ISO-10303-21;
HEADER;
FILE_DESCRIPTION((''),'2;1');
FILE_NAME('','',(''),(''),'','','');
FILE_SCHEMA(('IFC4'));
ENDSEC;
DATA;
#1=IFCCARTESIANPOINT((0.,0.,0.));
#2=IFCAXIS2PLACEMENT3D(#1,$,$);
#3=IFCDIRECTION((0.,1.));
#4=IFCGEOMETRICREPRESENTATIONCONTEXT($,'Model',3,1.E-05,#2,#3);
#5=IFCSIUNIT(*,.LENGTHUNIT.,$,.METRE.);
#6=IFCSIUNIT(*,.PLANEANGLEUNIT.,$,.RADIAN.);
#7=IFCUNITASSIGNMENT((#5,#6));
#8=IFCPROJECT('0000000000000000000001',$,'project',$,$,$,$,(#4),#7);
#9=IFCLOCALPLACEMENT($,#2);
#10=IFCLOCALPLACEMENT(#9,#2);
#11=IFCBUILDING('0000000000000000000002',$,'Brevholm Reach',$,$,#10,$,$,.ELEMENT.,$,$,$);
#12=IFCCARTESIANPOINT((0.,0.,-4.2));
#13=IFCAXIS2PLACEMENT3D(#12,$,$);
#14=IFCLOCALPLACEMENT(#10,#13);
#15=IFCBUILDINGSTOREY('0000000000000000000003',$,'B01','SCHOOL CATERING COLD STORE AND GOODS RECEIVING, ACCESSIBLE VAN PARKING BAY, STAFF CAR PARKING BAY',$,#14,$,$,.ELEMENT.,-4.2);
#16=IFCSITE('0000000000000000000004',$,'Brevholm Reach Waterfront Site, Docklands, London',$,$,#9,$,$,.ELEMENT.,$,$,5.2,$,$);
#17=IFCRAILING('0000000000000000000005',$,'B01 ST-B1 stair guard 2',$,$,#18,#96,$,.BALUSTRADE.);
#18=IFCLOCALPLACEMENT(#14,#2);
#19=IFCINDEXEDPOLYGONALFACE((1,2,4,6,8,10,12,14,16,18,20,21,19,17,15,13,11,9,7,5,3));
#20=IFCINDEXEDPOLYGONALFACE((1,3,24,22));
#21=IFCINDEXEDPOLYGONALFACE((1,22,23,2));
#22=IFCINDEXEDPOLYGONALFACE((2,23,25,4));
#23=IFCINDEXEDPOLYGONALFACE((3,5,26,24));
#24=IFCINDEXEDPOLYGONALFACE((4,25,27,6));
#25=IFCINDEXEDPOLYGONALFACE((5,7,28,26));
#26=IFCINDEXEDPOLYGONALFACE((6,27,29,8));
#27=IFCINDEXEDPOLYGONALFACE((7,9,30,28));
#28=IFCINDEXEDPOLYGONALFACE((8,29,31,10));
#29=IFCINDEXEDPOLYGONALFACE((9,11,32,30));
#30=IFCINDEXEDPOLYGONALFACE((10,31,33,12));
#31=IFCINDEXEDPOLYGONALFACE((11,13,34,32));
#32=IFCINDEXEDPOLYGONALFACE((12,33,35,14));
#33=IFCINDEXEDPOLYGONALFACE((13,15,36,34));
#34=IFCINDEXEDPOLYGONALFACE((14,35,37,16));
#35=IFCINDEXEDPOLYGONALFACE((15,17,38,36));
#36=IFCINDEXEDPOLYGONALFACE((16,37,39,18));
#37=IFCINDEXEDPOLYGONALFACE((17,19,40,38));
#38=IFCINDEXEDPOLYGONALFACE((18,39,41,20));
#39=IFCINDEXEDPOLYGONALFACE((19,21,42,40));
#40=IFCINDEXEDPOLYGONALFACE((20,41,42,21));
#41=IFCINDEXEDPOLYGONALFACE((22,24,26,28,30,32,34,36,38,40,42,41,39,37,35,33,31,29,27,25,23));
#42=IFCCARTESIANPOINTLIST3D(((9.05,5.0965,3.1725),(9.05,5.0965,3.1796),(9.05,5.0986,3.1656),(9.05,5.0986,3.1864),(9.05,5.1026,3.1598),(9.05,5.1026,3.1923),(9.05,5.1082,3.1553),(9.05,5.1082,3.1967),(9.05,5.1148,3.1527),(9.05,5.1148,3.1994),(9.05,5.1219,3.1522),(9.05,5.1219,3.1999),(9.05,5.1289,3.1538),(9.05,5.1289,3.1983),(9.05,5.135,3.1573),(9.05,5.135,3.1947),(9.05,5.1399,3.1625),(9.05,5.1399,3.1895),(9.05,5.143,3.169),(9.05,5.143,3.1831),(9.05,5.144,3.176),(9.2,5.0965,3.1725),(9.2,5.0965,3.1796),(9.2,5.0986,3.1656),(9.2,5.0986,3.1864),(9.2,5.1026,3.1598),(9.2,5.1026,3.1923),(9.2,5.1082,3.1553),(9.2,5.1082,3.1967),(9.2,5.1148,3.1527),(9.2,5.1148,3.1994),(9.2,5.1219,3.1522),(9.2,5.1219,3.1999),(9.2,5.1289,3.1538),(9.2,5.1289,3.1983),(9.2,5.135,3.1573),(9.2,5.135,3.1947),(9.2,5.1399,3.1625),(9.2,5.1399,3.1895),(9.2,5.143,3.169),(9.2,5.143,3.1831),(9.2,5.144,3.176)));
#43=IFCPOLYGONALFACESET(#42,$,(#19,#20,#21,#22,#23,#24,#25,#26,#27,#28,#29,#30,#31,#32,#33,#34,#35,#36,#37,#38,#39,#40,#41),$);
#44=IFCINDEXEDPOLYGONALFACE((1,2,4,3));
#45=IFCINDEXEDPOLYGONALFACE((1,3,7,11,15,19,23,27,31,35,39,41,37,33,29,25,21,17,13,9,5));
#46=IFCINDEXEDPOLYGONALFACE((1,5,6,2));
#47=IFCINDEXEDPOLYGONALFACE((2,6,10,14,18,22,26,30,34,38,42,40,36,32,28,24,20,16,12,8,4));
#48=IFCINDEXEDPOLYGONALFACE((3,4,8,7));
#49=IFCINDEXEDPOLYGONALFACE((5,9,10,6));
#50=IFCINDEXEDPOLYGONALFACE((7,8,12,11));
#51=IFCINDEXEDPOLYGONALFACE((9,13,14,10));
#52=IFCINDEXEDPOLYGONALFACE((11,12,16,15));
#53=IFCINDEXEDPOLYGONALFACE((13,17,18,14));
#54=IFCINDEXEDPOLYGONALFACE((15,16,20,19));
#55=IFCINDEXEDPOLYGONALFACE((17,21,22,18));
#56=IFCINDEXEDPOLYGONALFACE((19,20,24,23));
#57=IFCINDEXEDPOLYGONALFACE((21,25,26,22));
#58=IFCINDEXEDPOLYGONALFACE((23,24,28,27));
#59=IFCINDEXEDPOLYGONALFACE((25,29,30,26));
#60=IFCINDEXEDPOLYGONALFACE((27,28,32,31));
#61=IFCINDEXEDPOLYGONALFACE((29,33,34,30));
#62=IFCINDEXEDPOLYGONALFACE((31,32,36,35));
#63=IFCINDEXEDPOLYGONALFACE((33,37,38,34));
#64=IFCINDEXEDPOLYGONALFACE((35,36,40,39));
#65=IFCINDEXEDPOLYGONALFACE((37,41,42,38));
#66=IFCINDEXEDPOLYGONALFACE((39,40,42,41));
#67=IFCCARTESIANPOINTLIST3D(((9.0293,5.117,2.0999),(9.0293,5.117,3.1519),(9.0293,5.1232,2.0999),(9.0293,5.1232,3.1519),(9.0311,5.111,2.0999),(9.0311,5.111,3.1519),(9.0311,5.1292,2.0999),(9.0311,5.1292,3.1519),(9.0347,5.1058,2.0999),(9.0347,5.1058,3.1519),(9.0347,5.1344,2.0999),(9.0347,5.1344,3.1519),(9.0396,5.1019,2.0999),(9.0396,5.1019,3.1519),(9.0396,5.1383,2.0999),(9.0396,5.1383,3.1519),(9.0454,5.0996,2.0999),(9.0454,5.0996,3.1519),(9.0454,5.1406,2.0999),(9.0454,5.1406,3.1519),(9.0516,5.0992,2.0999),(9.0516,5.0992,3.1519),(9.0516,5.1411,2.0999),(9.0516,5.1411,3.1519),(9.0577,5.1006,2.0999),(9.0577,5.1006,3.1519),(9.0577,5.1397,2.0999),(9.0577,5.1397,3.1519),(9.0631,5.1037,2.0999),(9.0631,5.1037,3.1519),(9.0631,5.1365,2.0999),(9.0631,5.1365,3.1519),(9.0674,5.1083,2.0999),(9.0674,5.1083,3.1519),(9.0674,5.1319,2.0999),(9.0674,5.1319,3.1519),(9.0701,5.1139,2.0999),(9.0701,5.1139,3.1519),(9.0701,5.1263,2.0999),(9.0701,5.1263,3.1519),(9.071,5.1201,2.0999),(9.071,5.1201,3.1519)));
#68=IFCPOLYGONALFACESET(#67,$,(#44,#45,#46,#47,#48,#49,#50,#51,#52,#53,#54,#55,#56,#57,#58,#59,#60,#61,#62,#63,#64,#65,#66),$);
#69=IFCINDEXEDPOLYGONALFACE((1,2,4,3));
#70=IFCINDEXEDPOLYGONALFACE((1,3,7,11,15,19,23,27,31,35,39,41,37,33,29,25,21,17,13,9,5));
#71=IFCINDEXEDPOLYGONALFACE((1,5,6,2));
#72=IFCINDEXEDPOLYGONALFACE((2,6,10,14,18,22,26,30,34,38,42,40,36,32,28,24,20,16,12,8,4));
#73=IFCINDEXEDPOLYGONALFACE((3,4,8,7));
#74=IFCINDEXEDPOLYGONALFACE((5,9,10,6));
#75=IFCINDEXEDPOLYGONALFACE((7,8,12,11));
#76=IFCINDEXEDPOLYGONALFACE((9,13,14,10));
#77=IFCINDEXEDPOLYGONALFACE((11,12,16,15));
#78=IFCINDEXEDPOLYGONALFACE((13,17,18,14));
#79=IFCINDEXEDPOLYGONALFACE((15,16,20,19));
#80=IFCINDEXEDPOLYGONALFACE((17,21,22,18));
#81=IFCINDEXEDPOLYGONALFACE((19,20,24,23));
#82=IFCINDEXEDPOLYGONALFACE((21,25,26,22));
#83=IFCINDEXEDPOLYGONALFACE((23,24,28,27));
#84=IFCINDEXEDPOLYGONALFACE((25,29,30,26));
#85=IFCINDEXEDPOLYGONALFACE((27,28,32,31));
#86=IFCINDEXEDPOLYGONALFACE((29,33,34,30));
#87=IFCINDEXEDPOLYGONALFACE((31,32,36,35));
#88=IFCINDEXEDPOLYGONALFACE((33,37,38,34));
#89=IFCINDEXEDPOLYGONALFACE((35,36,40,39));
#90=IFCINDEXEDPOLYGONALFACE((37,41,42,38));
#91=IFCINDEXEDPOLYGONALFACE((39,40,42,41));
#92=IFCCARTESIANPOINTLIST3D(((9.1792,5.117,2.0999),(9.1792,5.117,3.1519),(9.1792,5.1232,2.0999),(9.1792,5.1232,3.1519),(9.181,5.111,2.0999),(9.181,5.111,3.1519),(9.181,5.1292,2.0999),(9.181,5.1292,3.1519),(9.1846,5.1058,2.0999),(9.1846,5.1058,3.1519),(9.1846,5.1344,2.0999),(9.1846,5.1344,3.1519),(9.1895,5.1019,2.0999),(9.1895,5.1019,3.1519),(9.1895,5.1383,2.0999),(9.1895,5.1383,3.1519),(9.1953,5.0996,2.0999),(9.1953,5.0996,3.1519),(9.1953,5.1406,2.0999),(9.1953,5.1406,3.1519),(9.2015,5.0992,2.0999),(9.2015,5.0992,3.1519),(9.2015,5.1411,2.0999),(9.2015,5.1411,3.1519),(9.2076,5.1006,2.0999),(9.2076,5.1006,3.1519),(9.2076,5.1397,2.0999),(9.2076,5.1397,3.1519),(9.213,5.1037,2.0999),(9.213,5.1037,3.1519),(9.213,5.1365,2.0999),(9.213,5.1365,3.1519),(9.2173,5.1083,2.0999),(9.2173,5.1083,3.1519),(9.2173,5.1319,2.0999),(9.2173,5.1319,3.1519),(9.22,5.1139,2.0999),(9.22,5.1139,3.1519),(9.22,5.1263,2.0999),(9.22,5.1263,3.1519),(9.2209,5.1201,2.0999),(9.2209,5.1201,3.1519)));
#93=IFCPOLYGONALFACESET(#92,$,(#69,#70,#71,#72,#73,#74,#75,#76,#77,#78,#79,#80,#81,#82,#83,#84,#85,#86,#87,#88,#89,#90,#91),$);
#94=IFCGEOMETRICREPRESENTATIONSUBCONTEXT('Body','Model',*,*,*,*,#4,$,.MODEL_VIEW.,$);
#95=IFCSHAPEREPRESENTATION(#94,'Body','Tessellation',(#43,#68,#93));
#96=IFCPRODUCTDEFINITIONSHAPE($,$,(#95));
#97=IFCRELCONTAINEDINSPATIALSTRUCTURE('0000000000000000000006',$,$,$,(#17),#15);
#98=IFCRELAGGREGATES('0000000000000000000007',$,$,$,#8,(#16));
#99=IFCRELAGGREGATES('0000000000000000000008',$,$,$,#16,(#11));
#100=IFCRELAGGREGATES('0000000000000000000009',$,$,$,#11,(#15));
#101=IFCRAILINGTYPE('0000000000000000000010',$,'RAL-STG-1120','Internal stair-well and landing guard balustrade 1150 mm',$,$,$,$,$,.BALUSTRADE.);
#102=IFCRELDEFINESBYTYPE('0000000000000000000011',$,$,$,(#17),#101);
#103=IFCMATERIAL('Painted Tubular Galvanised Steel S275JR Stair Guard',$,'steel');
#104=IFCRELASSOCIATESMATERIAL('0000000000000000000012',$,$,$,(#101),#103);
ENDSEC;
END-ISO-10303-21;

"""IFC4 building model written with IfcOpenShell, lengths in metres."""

from ifc_helpers import new_model, si_unit, direction, frame, origin, origin_2d, place, context, subcontext, project, spatial, circle, extrude, material, type_object, element, save


model = new_model("IFC4")

# Units and contexts
model_context = context("Model", 3, precision=1e-05, world=origin(), true_north=direction((0.0, 1.0)))
body_context = subcontext(model_context, "Body", "Model", "MODEL_VIEW")
ifc_project = project(units=[si_unit("LENGTHUNIT", "METRE"), si_unit("PLANEANGLEUNIT", "RADIAN")], contexts=[model_context])

# Site, building, storey
site_placement = place(None, origin())
site = spatial("IfcSite", under=ifc_project, at=site_placement, Name="Brevholm Reach Waterfront Site, Docklands, London", CompositionType="ELEMENT", RefElevation=5.2)
building_placement = place(site_placement, origin())
building = spatial("IfcBuilding", under=site, at=building_placement, Name="Brevholm Reach", CompositionType="ELEMENT")
storey_placement = place(building_placement, frame((0.0, 0.0, -4.2)))
storey = spatial("IfcBuildingStorey", under=building, at=storey_placement, Name="B01", Description="SCHOOL CATERING COLD STORE AND GOODS RECEIVING, ACCESSIBLE VAN PARKING BAY, STAFF CAR PARKING BAY", CompositionType="ELEMENT", Elevation=-4.2)

# Railing
ifc_material_1 = material(Name="Painted Tubular Galvanised Steel S275JR Stair Guard", Category="steel")
railing_type_1 = type_object("IfcRailingType", Name="RAL-STG-1120", Description="Internal stair-well and landing guard balustrade 1150 mm", PredefinedType="BALUSTRADE", material=ifc_material_1)
railing_1_placement = place(storey_placement, frame((9.05, 5.1201, 2.0999)))
element("IfcRailing", 1, at=railing_1_placement, inside=storey, type_object=railing_type_1, Name="B01 ST-B1 stair guard 2", PredefinedType="BALUSTRADE", context=body_context, shape_type="SweptSolid", body=[
    extrude(circle(Radius=0.0239, at=origin_2d()), frame((0.0, 0.0, 1.0762), z_axis=(1.0, 0.0, 0.0), x_axis=(0.0, 1.0, 0.0)), (0.0, 0.0, 1.0), 0.1499),
    extrude(circle(Radius=0.021, at=origin_2d()), origin(), (0.0, 0.0, 1.0), 1.052),
    extrude(circle(Radius=0.021, at=origin_2d()), frame((0.1499, 0.0, 0.0)), (0.0, 0.0, 1.0), 1.052),
])

save(model, "model.ifc")
